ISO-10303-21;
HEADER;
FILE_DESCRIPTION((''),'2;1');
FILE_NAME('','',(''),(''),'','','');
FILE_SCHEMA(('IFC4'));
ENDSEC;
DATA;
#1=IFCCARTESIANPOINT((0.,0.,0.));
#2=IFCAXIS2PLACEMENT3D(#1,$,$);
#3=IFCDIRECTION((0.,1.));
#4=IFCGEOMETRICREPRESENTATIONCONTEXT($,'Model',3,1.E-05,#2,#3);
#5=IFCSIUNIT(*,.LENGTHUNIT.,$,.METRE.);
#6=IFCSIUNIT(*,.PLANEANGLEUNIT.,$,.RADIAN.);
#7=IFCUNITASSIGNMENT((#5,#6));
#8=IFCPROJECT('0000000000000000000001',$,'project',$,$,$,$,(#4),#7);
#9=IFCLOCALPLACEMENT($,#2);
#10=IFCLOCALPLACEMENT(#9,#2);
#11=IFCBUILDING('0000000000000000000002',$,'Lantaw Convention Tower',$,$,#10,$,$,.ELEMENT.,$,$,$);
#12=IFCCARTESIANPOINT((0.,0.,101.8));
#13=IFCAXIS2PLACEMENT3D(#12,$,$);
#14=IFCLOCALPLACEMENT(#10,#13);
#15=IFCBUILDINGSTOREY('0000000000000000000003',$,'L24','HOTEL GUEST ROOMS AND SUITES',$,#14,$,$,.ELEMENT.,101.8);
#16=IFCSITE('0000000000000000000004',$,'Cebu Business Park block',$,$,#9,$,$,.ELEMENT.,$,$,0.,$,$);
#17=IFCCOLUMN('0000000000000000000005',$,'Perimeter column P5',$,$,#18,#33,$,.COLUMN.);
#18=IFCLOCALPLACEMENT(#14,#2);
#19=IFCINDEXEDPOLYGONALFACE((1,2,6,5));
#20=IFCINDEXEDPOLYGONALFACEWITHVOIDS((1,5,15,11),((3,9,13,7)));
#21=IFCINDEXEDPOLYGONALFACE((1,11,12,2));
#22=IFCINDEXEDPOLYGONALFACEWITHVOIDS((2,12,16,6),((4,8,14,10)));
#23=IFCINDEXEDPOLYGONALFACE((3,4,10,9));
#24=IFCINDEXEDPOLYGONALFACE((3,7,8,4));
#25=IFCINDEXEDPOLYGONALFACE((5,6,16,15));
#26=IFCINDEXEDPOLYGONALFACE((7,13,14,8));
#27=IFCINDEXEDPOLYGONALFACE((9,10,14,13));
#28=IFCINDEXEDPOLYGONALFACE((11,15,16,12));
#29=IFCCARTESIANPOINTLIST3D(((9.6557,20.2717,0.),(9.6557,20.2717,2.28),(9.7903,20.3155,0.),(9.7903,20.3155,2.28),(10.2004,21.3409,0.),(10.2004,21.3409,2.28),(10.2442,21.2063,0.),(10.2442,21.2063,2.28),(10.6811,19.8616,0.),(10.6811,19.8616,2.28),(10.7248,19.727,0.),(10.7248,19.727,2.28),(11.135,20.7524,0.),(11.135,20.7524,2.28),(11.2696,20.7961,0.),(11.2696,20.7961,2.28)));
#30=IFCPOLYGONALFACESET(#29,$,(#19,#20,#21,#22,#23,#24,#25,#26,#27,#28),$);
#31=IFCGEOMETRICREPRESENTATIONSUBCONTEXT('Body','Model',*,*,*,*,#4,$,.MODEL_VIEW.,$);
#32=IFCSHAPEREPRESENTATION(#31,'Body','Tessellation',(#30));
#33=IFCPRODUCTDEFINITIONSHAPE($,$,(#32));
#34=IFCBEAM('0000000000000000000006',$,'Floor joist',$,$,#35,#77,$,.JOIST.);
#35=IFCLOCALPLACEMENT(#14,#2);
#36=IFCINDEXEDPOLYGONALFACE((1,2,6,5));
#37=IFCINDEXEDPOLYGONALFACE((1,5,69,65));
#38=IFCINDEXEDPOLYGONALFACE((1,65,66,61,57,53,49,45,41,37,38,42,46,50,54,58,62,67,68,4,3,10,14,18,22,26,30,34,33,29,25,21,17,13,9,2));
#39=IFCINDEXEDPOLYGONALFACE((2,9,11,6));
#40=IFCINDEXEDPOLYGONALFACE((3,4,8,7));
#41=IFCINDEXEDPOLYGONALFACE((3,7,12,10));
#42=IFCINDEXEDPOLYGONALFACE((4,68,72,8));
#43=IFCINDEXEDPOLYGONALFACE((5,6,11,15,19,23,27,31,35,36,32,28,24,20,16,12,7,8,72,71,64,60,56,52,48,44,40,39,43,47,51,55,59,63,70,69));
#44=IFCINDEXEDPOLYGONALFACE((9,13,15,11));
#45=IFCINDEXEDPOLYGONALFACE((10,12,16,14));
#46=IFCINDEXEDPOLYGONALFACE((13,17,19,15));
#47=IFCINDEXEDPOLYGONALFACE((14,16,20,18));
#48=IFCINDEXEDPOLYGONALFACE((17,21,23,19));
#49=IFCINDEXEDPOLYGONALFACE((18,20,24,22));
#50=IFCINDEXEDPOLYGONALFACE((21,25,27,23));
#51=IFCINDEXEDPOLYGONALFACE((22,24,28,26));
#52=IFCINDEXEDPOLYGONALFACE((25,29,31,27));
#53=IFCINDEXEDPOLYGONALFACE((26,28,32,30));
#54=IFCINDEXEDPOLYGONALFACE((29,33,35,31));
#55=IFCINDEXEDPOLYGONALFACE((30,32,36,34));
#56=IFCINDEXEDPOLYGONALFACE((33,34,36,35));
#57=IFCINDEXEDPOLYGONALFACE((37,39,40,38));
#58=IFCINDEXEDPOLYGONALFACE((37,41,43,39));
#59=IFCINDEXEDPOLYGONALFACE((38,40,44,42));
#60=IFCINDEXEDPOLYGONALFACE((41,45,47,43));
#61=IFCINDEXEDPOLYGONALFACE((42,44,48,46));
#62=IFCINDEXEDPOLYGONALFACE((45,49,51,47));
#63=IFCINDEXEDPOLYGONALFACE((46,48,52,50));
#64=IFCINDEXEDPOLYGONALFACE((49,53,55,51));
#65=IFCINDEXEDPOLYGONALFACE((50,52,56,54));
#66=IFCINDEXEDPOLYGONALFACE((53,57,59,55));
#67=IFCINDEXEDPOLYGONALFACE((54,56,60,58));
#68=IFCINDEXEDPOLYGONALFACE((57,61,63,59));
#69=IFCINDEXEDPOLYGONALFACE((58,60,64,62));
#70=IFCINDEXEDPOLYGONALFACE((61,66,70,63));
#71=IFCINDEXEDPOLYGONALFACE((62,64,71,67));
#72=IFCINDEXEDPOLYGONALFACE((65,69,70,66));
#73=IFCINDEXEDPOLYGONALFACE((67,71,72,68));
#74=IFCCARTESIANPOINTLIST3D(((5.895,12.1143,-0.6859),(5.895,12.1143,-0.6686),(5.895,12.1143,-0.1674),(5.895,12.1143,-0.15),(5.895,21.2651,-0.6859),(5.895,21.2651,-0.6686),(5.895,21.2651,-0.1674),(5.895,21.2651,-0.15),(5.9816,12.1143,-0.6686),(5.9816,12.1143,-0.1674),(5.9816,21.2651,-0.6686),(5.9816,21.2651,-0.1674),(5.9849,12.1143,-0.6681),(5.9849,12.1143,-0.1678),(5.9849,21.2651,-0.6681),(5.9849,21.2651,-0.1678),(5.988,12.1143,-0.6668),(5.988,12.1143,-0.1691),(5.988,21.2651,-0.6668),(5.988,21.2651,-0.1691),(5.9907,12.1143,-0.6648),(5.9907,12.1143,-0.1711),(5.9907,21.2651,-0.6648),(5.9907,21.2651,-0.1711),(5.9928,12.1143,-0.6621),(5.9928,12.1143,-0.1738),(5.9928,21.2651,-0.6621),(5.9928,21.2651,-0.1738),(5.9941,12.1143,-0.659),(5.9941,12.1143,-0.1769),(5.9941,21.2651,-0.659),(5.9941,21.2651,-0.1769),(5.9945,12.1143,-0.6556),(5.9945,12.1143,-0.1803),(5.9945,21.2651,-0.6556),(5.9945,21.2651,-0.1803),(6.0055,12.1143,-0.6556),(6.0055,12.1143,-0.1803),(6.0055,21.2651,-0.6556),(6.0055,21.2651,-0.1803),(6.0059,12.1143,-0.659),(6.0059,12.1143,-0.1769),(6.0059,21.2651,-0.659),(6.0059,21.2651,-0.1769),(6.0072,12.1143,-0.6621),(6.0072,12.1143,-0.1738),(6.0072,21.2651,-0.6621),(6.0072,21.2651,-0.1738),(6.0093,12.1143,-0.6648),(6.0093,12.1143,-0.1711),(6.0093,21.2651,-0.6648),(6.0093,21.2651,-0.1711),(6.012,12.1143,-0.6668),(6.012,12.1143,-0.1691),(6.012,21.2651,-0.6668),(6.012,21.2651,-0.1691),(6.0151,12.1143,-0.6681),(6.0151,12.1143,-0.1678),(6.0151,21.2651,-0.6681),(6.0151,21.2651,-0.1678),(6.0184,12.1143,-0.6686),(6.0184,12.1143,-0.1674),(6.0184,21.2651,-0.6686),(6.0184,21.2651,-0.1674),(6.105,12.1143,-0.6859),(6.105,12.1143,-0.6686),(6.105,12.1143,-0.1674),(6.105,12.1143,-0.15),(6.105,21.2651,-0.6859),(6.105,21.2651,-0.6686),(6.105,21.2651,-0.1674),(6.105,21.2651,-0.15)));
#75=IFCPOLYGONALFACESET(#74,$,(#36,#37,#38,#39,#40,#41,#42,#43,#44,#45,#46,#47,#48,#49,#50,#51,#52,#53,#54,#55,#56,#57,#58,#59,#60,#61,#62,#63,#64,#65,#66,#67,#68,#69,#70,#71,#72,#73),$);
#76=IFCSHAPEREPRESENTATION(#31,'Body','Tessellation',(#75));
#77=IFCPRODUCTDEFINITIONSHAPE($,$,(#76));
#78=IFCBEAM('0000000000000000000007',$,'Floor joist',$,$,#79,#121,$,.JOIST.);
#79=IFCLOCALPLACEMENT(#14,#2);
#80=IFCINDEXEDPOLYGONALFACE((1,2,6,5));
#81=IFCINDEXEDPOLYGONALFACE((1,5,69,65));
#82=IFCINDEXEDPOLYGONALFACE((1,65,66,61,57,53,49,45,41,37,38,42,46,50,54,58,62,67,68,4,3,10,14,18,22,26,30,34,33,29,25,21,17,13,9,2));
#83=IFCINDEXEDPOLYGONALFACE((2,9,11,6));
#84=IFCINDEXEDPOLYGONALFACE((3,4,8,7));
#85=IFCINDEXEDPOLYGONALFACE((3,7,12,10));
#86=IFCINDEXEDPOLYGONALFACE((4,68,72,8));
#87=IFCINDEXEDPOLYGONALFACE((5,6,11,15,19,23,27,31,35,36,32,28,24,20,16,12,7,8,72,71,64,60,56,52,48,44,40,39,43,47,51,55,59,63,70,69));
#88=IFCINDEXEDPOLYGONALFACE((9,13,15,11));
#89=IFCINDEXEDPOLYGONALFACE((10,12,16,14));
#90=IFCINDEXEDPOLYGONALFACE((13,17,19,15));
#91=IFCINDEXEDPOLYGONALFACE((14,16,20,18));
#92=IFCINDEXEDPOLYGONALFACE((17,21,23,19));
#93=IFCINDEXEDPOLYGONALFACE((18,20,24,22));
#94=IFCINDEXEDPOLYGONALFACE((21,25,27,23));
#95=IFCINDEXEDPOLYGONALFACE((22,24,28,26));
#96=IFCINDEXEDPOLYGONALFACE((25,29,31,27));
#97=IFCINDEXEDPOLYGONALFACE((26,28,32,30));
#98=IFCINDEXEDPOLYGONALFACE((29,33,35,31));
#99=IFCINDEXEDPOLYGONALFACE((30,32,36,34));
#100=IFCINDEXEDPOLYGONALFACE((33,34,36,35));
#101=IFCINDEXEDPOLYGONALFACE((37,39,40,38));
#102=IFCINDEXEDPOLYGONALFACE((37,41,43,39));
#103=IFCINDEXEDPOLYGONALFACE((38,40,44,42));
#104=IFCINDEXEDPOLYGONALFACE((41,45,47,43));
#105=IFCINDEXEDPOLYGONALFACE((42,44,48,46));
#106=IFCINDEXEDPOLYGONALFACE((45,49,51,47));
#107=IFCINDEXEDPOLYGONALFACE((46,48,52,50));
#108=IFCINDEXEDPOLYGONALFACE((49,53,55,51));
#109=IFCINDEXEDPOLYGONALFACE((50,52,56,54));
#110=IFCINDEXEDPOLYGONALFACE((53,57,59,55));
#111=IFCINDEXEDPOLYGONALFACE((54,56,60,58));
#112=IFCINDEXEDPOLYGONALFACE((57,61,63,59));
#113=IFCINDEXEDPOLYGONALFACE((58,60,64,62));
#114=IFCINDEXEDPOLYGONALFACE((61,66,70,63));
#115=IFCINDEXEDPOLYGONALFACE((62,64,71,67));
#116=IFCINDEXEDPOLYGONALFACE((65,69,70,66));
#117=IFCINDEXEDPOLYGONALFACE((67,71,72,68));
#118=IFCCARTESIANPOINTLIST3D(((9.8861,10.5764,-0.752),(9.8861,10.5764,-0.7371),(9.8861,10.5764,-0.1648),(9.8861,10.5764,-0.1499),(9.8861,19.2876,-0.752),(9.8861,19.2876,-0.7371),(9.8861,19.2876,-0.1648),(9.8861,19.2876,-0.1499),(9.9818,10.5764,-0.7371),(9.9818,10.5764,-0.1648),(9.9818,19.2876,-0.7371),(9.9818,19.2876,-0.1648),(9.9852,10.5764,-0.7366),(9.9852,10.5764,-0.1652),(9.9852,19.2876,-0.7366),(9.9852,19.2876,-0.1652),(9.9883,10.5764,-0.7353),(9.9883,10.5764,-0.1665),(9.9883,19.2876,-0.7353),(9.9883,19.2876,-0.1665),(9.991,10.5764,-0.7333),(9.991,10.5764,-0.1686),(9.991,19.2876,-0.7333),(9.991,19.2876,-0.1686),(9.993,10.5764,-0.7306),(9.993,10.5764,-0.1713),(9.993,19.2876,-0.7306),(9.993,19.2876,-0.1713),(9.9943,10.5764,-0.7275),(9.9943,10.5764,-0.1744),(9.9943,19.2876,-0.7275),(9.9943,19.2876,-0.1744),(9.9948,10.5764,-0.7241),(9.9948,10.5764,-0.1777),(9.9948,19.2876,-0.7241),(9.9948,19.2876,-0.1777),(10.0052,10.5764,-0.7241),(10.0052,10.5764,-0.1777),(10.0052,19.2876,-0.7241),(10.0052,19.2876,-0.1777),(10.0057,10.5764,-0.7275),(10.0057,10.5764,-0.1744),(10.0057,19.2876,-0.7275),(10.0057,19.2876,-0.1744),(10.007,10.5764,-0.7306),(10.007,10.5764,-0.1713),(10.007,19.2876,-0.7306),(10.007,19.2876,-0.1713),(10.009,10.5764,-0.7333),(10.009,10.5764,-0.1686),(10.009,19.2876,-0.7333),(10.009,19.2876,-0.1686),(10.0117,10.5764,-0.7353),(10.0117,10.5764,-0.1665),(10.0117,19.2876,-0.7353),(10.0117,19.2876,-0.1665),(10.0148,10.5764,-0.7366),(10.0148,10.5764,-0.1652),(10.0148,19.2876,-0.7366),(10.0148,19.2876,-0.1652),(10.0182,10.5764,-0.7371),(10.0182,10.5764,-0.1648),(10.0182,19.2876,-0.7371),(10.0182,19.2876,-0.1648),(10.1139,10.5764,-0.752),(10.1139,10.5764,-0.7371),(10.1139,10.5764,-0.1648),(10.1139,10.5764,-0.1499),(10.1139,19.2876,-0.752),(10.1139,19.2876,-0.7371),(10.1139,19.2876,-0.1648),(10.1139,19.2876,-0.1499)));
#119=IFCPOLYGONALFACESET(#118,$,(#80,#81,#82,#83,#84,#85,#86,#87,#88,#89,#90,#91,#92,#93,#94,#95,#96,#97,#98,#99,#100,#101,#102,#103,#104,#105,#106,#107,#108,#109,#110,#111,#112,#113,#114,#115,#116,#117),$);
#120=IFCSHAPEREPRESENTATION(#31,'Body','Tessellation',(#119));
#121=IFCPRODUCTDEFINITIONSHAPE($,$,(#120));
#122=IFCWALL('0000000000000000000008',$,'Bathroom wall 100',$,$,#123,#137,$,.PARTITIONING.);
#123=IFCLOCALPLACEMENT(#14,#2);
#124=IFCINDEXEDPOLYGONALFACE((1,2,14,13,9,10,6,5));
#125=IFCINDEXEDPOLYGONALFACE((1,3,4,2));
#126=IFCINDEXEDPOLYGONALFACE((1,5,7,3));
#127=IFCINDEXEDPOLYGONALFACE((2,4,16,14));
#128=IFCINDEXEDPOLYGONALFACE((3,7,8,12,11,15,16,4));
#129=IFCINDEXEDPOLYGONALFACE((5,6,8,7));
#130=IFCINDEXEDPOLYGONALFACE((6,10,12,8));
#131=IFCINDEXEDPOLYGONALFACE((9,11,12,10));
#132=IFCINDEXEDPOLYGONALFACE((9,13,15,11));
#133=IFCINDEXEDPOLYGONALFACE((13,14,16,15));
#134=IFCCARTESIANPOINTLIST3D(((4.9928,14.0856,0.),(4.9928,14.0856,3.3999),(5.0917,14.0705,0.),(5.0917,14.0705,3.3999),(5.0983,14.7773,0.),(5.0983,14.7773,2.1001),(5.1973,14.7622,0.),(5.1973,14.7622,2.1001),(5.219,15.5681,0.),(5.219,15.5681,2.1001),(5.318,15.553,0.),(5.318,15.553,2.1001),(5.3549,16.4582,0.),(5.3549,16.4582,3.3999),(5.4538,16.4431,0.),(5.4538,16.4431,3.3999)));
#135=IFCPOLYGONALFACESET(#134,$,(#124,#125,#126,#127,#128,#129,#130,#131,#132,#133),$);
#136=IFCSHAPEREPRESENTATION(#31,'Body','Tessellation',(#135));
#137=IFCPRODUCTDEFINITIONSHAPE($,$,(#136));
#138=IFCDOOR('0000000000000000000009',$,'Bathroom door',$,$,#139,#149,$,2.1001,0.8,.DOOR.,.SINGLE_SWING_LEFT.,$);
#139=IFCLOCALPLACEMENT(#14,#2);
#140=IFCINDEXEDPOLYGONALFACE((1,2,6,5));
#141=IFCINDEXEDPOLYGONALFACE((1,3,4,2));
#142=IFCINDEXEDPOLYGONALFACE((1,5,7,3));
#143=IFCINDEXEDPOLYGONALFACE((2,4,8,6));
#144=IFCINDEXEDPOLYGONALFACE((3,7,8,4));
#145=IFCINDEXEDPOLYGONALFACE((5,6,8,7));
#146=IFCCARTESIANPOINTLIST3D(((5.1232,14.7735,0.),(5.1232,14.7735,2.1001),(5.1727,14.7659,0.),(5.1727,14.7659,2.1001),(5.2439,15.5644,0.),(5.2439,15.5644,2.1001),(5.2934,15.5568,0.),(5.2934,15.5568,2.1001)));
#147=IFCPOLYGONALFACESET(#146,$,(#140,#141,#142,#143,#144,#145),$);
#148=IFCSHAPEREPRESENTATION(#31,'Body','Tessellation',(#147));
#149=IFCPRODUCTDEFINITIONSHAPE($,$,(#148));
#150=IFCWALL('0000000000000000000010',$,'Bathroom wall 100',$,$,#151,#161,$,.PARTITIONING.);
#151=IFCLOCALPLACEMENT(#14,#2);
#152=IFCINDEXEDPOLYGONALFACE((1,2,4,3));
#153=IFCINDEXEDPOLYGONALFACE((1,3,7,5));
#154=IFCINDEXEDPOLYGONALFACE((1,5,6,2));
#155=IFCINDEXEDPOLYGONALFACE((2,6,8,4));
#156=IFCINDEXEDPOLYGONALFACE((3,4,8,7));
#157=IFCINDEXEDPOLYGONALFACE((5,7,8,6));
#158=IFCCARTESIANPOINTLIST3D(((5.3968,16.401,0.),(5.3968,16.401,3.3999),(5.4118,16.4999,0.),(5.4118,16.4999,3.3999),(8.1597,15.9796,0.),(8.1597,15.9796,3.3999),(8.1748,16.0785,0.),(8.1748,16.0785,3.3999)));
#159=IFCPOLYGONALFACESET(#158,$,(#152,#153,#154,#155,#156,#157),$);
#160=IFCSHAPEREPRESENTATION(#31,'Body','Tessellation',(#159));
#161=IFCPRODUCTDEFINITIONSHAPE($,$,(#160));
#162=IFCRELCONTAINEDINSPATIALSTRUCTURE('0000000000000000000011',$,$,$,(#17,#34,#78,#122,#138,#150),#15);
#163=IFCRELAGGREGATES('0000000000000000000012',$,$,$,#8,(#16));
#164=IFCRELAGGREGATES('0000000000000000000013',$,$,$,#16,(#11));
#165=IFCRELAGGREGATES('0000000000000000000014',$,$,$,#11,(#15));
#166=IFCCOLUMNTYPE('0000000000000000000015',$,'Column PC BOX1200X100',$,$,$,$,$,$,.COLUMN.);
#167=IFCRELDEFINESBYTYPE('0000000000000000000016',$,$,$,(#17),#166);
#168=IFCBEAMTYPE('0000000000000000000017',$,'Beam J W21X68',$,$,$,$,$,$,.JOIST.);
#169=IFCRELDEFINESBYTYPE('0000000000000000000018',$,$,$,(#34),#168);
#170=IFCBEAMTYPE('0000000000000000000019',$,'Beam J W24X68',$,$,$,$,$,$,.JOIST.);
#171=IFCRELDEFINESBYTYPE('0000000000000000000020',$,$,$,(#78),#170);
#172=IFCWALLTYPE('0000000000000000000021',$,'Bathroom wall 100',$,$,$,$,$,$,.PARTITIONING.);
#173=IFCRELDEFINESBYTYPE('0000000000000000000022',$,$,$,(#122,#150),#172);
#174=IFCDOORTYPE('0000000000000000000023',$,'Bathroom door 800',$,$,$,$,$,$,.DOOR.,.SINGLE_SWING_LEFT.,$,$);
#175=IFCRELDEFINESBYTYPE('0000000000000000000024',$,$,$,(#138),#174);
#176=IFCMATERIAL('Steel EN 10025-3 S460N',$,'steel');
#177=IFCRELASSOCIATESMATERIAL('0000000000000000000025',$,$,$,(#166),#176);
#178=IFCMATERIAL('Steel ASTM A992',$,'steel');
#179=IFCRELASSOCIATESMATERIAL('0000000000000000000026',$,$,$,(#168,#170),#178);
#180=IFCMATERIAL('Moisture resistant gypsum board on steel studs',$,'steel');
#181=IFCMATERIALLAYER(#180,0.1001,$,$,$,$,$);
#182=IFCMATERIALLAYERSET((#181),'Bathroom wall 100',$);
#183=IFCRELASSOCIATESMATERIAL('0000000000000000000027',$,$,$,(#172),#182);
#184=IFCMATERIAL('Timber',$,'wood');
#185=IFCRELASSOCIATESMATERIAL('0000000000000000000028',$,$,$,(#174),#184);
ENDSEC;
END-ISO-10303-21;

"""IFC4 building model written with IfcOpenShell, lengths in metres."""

from ifc_helpers import new_model, si_unit, direction, frame, frame_2d, origin, origin_2d, place, context, subcontext, project, spatial, rectangle, hollow_rectangle, i_section, extrude, material, layer, layer_set, material_profile, profile_set, type_object, element, fill, save


model = new_model("IFC4")

# Units and contexts
model_context = context("Model", 3, precision=1e-05, world=origin(), true_north=direction((0.0, 1.0)))
body_context = subcontext(model_context, "Body", "Model", "MODEL_VIEW")
ifc_project = project(units=[si_unit("LENGTHUNIT", "METRE"), si_unit("PLANEANGLEUNIT", "RADIAN")], contexts=[model_context])

# Site, building, storey
site_placement = place(None, origin())
site = spatial("IfcSite", under=ifc_project, at=site_placement, Name="Cebu Business Park block", CompositionType="ELEMENT", RefElevation=0.0)
building_placement = place(site_placement, origin())
building = spatial("IfcBuilding", under=site, at=building_placement, Name="Lantaw Convention Tower", CompositionType="ELEMENT")
storey_placement = place(building_placement, frame((0.0, 0.0, 101.8)))
storey = spatial("IfcBuildingStorey", under=building, at=storey_placement, Name="L24", Description="HOTEL GUEST ROOMS AND SUITES", CompositionType="ELEMENT", Elevation=101.8)

# Column
ifc_material_1 = material(Name="Steel EN 10025-3 S460N", Category="steel")
ifc_material_profile_1 = material_profile(ifc_material_1, hollow_rectangle(XDim=1.2, YDim=1.2, WallThickness=0.1001, at=origin_2d()), Name="BOX1200X100")
ifc_material_2 = material(Name="Concrete C60/75", Category="concrete")
ifc_material_profile_2 = material_profile(ifc_material_2, rectangle(XDim=1.0, YDim=1.0, at=origin_2d()), Name="Concrete fill of BOX1200X100")
ifc_profile_set_1 = profile_set([ifc_material_profile_1, ifc_material_profile_2], Name="Steel EN 10025-3 S460N")
column_type = type_object("IfcColumnType", Name="Column PC BOX1200X100", PredefinedType="COLUMN", material=ifc_profile_set_1)
column_placement = place(storey_placement, frame((10.4626, 20.5339, 0.0), z_axis=(0.0, 0.0, 1.0), x_axis=(0.45399, 0.891007, 0.0)))
element("IfcColumn", 1, at=column_placement, inside=storey, type_object=column_type, Name="Perimeter column P5", PredefinedType="COLUMN", context=body_context, shape_type="SweptSolid", body=[
    extrude(hollow_rectangle(XDim=1.2, YDim=1.2, WallThickness=0.1001, at=origin_2d()), origin(), (0.0, 0.0, 1.0), 2.28),
])

# Beams
ifc_material_3 = material(Name="Steel ASTM A992", Category="steel")
ifc_material_profile_3 = material_profile(ifc_material_3, i_section(OverallWidth=0.21, OverallDepth=0.5359, WebThickness=0.011, FlangeThickness=0.0173, FilletRadius=0.0129, at=origin_2d()), Name="W21X68")
ifc_profile_set_2 = profile_set([ifc_material_profile_3], Name="Steel ASTM A992")
beam_type_1 = type_object("IfcBeamType", Name="Beam J W21X68", PredefinedType="JOIST", material=ifc_profile_set_2)
beam_1_placement = place(storey_placement, frame((6.0, 12.1143, -0.418), z_axis=(0.0, 1.0, 0.0), x_axis=(-1.0, 0.0, 0.0)))
element("IfcBeam", 2, at=beam_1_placement, inside=storey, type_object=beam_type_1, Name="Floor joist", PredefinedType="JOIST", context=body_context, shape_type="SweptSolid", body=[
    extrude(i_section(OverallWidth=0.21, OverallDepth=0.5359, WebThickness=0.011, FlangeThickness=0.0173, FilletRadius=0.0129, at=origin_2d()), origin(), (0.0, 0.0, 1.0), 9.1509),
])
ifc_material_profile_4 = material_profile(ifc_material_3, i_section(OverallWidth=0.2278, OverallDepth=0.6021, WebThickness=0.0105, FlangeThickness=0.0149, FilletRadius=0.0129, at=origin_2d()), Name="W24X68")
ifc_profile_set_3 = profile_set([ifc_material_profile_4], Name="Steel ASTM A992")
beam_type_2 = type_object("IfcBeamType", Name="Beam J W24X68", PredefinedType="JOIST", material=ifc_profile_set_3)
beam_2_placement = place(storey_placement, frame((10.0, 10.5764, -0.4509), z_axis=(0.0, 1.0, 0.0), x_axis=(-1.0, 0.0, 0.0)))
element("IfcBeam", 3, at=beam_2_placement, inside=storey, type_object=beam_type_2, Name="Floor joist", PredefinedType="JOIST", context=body_context, shape_type="SweptSolid", body=[
    extrude(i_section(OverallWidth=0.2278, OverallDepth=0.6021, WebThickness=0.0105, FlangeThickness=0.0149, FilletRadius=0.0129, at=origin_2d()), origin(), (0.0, 0.0, 1.0), 8.7112),
])

# Wall, opening, door
ifc_material_4 = material(Name="Moisture resistant gypsum board on steel studs", Category="steel")
ifc_layer_1 = layer(ifc_material_4, 0.1001)
ifc_layer_set_1 = layer_set([ifc_layer_1], Name="Bathroom wall 100")
wall_type_1 = type_object("IfcWallType", Name="Bathroom wall 100", PredefinedType="PARTITIONING", material=ifc_layer_set_1)
wall_1_placement = place(storey_placement, frame((5.0422, 14.0779, 0.0), z_axis=(0.0, 0.0, 1.0), x_axis=(0.150857, 0.988556, 0.0)))
wall_1 = element("IfcWall", 4, at=wall_1_placement, inside=storey, type_object=wall_type_1, Name="Bathroom wall 100", PredefinedType="PARTITIONING", context=body_context, shape_type="SweptSolid", body=[
    extrude(rectangle(XDim=2.4001, YDim=0.1001, at=frame_2d((1.2002, 0.0))), origin(), (0.0, 0.0, 1.0), 3.3999),
])
opening_1_placement = place(wall_1_placement, frame((0.7, 0.0, 0.0)))
opening_1 = element("IfcOpeningElement", 5, at=opening_1_placement, cuts=wall_1, PredefinedType="OPENING", context=body_context, shape_type="SweptSolid", body=[
    extrude(rectangle(XDim=0.8, YDim=2.1001, at=frame_2d((0.3999, 1.05))), frame((0.0, 0.0601, 0.0), z_axis=(0.0, -1.0, 0.0), x_axis=(1.0, 0.0, 0.0)), (0.0, 0.0, 1.0), 0.1201),
])
ifc_material_5 = material(Name="Timber", Category="wood")
door_type_1 = type_object("IfcDoorType", Name="Bathroom door 800", OperationType="SINGLE_SWING_LEFT", PredefinedType="DOOR", material=ifc_material_5)
door_1_placement = place(opening_1_placement, origin())
door_1 = element("IfcDoor", 6, at=door_1_placement, inside=storey, type_object=door_type_1, Name="Bathroom door", OperationType="SINGLE_SWING_LEFT", OverallHeight=2.1001, OverallWidth=0.8, PredefinedType="DOOR", context=body_context, shape_type="SweptSolid", body=[
    extrude(rectangle(XDim=0.8, YDim=2.1001, at=frame_2d((0.3999, 1.05))), frame((0.0, 0.0249, 0.0), z_axis=(0.0, -1.0, 0.0), x_axis=(1.0, 0.0, 0.0)), (0.0, 0.0, 1.0), 0.05),
])
fill(opening_1, door_1)

# Wall
wall_2_placement = place(storey_placement, frame((5.4043, 16.4504, 0.0), z_axis=(0.0, 0.0, 1.0), x_axis=(0.988569, -0.15077, 0.0)))
element("IfcWall", 7, at=wall_2_placement, inside=storey, type_object=wall_type_1, Name="Bathroom wall 100", PredefinedType="PARTITIONING", context=body_context, shape_type="SweptSolid", body=[
    extrude(rectangle(XDim=2.7949, YDim=0.1001, at=frame_2d((1.3975, 0.0))), origin(), (0.0, 0.0, 1.0), 3.3999),
])

save(model, "model.ifc")
